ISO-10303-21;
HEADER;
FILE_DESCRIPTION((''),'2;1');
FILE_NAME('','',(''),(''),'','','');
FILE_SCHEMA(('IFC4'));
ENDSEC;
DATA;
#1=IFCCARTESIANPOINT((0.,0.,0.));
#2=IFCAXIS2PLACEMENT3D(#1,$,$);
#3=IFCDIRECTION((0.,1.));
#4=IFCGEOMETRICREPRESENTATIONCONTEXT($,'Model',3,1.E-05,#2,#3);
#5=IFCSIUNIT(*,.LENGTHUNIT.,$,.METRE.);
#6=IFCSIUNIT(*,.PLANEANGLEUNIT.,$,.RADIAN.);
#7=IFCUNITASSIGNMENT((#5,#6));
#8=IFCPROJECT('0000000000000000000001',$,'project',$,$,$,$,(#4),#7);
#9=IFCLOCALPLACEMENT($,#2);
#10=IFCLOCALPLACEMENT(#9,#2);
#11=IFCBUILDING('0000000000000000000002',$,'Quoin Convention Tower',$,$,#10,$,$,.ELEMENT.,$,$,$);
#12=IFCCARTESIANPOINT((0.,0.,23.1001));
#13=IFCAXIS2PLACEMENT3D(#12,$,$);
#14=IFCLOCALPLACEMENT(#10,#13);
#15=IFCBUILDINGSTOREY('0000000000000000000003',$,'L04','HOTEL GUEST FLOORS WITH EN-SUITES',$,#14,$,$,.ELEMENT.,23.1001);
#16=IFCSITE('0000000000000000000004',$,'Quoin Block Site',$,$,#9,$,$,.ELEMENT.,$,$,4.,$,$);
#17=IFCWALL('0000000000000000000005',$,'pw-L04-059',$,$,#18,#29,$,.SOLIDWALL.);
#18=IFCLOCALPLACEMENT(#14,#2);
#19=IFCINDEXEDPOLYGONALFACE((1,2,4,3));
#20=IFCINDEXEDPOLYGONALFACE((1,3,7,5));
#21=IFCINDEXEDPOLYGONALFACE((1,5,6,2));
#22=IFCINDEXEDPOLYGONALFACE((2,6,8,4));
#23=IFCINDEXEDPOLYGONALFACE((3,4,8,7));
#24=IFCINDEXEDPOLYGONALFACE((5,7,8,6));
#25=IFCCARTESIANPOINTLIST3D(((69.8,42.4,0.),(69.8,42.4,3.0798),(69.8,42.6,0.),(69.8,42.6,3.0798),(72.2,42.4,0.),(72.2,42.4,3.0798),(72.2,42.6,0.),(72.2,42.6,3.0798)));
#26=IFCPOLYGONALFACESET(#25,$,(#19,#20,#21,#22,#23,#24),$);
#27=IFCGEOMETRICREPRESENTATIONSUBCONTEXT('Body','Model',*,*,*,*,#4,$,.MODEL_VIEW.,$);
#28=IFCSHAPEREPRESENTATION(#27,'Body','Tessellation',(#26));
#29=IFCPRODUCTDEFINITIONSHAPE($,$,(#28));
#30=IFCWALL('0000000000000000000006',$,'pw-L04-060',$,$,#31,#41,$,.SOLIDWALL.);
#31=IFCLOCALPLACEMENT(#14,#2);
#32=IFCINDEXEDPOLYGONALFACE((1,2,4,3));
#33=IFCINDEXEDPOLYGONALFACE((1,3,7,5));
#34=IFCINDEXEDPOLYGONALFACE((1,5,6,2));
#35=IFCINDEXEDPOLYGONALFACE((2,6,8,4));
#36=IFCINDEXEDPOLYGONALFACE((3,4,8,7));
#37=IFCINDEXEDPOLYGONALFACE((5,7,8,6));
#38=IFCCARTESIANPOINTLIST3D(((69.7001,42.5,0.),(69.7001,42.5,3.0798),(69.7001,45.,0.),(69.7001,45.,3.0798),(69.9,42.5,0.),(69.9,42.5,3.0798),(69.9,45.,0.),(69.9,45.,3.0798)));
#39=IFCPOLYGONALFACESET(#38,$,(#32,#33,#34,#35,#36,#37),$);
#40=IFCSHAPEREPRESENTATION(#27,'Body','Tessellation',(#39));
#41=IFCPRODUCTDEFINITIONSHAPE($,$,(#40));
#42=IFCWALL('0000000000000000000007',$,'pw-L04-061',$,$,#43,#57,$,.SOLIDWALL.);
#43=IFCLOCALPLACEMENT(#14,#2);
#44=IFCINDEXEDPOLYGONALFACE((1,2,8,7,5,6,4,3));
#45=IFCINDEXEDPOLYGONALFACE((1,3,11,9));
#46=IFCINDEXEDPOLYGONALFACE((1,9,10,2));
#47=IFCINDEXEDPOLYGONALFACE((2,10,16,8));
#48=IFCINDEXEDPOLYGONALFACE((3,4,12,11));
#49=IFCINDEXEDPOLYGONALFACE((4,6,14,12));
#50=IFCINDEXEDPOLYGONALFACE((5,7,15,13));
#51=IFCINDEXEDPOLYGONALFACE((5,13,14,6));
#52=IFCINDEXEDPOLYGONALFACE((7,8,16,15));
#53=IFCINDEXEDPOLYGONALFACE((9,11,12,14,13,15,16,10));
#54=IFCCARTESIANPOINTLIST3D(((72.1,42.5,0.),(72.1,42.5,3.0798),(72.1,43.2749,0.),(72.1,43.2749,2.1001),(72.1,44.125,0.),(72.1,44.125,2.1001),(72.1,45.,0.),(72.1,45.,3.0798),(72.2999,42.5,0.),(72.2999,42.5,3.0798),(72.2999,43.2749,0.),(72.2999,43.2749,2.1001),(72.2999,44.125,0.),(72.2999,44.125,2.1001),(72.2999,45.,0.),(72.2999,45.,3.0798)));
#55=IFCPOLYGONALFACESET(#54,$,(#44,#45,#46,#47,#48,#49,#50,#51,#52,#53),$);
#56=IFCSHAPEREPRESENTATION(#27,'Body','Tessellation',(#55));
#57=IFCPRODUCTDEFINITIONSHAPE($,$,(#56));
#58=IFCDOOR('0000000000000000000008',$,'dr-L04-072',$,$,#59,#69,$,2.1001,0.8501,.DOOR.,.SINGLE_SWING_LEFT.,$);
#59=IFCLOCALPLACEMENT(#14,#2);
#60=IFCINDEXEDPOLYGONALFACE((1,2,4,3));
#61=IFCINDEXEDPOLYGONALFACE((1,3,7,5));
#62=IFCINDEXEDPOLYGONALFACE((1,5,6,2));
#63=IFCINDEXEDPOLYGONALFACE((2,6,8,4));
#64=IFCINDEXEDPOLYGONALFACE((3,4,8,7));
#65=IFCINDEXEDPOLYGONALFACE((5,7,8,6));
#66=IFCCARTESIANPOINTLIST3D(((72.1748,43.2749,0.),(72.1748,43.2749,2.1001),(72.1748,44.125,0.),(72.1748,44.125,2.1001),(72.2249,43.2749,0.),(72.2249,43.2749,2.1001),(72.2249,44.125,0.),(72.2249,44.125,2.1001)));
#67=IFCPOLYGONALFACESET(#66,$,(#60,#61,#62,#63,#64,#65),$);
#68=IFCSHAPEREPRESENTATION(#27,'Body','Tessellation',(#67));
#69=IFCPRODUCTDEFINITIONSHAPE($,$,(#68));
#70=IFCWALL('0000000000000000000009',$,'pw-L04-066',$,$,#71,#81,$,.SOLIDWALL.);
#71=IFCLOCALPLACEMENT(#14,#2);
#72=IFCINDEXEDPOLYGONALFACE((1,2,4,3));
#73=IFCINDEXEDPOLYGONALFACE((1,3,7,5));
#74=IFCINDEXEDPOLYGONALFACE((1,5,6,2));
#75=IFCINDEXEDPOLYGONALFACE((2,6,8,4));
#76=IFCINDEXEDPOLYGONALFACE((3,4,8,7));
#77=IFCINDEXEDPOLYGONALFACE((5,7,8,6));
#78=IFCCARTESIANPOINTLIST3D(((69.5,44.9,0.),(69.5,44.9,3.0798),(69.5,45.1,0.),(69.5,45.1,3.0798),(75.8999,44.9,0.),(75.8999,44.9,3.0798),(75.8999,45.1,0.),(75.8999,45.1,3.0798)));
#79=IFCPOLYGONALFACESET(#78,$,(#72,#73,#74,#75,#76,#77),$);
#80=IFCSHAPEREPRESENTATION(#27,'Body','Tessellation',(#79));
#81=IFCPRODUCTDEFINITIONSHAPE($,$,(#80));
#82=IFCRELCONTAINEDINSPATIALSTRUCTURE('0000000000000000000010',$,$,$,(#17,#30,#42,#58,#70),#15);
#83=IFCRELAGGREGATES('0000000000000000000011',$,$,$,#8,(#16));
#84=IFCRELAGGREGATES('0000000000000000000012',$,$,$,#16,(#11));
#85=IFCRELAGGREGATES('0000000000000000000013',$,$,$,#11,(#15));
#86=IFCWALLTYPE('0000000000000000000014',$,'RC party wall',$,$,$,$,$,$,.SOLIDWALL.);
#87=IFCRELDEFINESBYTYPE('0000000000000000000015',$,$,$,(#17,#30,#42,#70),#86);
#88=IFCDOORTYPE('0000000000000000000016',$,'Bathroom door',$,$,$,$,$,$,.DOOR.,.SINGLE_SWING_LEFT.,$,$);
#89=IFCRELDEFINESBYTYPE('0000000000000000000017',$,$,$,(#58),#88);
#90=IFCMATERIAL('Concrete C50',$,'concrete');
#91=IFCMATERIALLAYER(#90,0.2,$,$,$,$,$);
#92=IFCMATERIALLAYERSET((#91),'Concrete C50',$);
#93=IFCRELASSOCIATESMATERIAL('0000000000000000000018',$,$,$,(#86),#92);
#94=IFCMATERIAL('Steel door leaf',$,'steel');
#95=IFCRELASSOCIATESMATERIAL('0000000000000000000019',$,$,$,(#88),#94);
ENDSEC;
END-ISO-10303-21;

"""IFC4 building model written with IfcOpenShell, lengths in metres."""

from ifc_helpers import new_model, si_unit, direction, frame, frame_2d, origin, place, context, subcontext, project, spatial, rectangle, extrude, material, layer, layer_set, type_object, element, fill, save


model = new_model("IFC4")

# Units and contexts
model_context = context("Model", 3, precision=1e-05, world=origin(), true_north=direction((0.0, 1.0)))
body_context = subcontext(model_context, "Body", "Model", "MODEL_VIEW")
ifc_project = project(units=[si_unit("LENGTHUNIT", "METRE"), si_unit("PLANEANGLEUNIT", "RADIAN")], contexts=[model_context])

# Site, building, storey
site_placement = place(None, origin())
site = spatial("IfcSite", under=ifc_project, at=site_placement, Name="Quoin Block Site", CompositionType="ELEMENT", RefElevation=4.0)
building_placement = place(site_placement, origin())
building = spatial("IfcBuilding", under=site, at=building_placement, Name="Quoin Convention Tower", CompositionType="ELEMENT")
storey_placement = place(building_placement, frame((0.0, 0.0, 23.1001)))
storey = spatial("IfcBuildingStorey", under=building, at=storey_placement, Name="L04", Description="HOTEL GUEST FLOORS WITH EN-SUITES", CompositionType="ELEMENT", Elevation=23.1001)

# Walls
ifc_material_1 = material(Name="Concrete C50", Category="concrete")
ifc_layer_1 = layer(ifc_material_1, 0.2)
ifc_layer_set_1 = layer_set([ifc_layer_1], Name="Concrete C50")
wall_type_1 = type_object("IfcWallType", Name="RC party wall", PredefinedType="SOLIDWALL", material=ifc_layer_set_1)
wall_1_placement = place(storey_placement, frame((69.8, 42.5, 0.0), z_axis=(0.0, 0.0, 1.0), x_axis=(1.0, 0.0, 0.0)))
element("IfcWall", 1, at=wall_1_placement, inside=storey, type_object=wall_type_1, Name="pw-L04-059", PredefinedType="SOLIDWALL", context=body_context, shape_type="SweptSolid", body=[
    extrude(rectangle(XDim=2.3999, YDim=0.2, at=frame_2d((1.2, 0.0))), origin(), (0.0, 0.0, 1.0), 3.0798),
])
wall_2_placement = place(storey_placement, frame((69.8, 42.5, 0.0), z_axis=(0.0, 0.0, 1.0), x_axis=(0.0, 1.0, 0.0)))
element("IfcWall", 2, at=wall_2_placement, inside=storey, type_object=wall_type_1, Name="pw-L04-060", PredefinedType="SOLIDWALL", context=body_context, shape_type="SweptSolid", body=[
    extrude(rectangle(XDim=2.5, YDim=0.2, at=frame_2d((1.25, 0.0))), origin(), (0.0, 0.0, 1.0), 3.0798),
])

# Wall, opening, door
wall_3_placement = place(storey_placement, frame((72.2, 42.5, 0.0), z_axis=(0.0, 0.0, 1.0), x_axis=(0.0, 1.0, 0.0)))
wall_3 = element("IfcWall", 3, at=wall_3_placement, inside=storey, type_object=wall_type_1, Name="pw-L04-061", PredefinedType="SOLIDWALL", context=body_context, shape_type="SweptSolid", body=[
    extrude(rectangle(XDim=2.5, YDim=0.2, at=frame_2d((1.25, 0.0))), origin(), (0.0, 0.0, 1.0), 3.0798),
])
opening_1_placement = place(wall_3_placement, frame((0.7749, 0.0, 0.0)))
opening_1 = element("IfcOpeningElement", 4, at=opening_1_placement, cuts=wall_3, PredefinedType="OPENING", context=body_context, shape_type="SweptSolid", body=[
    extrude(rectangle(XDim=0.8501, YDim=2.1001, at=frame_2d((0.425, 1.05))), frame((0.0, 0.1099, 0.0), z_axis=(0.0, -1.0, 0.0), x_axis=(1.0, 0.0, 0.0)), (0.0, 0.0, 1.0), 0.22),
])
ifc_material_2 = material(Name="Steel door leaf", Category="steel")
door_type = type_object("IfcDoorType", Name="Bathroom door", OperationType="SINGLE_SWING_LEFT", PredefinedType="DOOR", material=ifc_material_2)
door_placement = place(opening_1_placement, frame((0.8501, 0.0, 0.0), z_axis=(0.0, 0.0, 1.0), x_axis=(-1.0, 0.0, 0.0)))
door = element("IfcDoor", 5, at=door_placement, inside=storey, type_object=door_type, Name="dr-L04-072", OperationType="SINGLE_SWING_LEFT", OverallHeight=2.1001, OverallWidth=0.8501, PredefinedType="DOOR", context=body_context, shape_type="SweptSolid", body=[
    extrude(rectangle(XDim=0.8501, YDim=2.1001, at=frame_2d((0.425, 1.05))), frame((0.0, 0.0249, 0.0), z_axis=(0.0, -1.0, 0.0), x_axis=(1.0, 0.0, 0.0)), (0.0, 0.0, 1.0), 0.05),
])
fill(opening_1, door)

# Wall
wall_4_placement = place(storey_placement, frame((69.5, 45.0, 0.0), z_axis=(0.0, 0.0, 1.0), x_axis=(1.0, 0.0, 0.0)))
element("IfcWall", 6, at=wall_4_placement, inside=storey, type_object=wall_type_1, Name="pw-L04-066", PredefinedType="SOLIDWALL", context=body_context, shape_type="SweptSolid", body=[
    extrude(rectangle(XDim=6.3999, YDim=0.2, at=frame_2d((3.2, 0.0))), origin(), (0.0, 0.0, 1.0), 3.0798),
])

save(model, "model.ifc")
